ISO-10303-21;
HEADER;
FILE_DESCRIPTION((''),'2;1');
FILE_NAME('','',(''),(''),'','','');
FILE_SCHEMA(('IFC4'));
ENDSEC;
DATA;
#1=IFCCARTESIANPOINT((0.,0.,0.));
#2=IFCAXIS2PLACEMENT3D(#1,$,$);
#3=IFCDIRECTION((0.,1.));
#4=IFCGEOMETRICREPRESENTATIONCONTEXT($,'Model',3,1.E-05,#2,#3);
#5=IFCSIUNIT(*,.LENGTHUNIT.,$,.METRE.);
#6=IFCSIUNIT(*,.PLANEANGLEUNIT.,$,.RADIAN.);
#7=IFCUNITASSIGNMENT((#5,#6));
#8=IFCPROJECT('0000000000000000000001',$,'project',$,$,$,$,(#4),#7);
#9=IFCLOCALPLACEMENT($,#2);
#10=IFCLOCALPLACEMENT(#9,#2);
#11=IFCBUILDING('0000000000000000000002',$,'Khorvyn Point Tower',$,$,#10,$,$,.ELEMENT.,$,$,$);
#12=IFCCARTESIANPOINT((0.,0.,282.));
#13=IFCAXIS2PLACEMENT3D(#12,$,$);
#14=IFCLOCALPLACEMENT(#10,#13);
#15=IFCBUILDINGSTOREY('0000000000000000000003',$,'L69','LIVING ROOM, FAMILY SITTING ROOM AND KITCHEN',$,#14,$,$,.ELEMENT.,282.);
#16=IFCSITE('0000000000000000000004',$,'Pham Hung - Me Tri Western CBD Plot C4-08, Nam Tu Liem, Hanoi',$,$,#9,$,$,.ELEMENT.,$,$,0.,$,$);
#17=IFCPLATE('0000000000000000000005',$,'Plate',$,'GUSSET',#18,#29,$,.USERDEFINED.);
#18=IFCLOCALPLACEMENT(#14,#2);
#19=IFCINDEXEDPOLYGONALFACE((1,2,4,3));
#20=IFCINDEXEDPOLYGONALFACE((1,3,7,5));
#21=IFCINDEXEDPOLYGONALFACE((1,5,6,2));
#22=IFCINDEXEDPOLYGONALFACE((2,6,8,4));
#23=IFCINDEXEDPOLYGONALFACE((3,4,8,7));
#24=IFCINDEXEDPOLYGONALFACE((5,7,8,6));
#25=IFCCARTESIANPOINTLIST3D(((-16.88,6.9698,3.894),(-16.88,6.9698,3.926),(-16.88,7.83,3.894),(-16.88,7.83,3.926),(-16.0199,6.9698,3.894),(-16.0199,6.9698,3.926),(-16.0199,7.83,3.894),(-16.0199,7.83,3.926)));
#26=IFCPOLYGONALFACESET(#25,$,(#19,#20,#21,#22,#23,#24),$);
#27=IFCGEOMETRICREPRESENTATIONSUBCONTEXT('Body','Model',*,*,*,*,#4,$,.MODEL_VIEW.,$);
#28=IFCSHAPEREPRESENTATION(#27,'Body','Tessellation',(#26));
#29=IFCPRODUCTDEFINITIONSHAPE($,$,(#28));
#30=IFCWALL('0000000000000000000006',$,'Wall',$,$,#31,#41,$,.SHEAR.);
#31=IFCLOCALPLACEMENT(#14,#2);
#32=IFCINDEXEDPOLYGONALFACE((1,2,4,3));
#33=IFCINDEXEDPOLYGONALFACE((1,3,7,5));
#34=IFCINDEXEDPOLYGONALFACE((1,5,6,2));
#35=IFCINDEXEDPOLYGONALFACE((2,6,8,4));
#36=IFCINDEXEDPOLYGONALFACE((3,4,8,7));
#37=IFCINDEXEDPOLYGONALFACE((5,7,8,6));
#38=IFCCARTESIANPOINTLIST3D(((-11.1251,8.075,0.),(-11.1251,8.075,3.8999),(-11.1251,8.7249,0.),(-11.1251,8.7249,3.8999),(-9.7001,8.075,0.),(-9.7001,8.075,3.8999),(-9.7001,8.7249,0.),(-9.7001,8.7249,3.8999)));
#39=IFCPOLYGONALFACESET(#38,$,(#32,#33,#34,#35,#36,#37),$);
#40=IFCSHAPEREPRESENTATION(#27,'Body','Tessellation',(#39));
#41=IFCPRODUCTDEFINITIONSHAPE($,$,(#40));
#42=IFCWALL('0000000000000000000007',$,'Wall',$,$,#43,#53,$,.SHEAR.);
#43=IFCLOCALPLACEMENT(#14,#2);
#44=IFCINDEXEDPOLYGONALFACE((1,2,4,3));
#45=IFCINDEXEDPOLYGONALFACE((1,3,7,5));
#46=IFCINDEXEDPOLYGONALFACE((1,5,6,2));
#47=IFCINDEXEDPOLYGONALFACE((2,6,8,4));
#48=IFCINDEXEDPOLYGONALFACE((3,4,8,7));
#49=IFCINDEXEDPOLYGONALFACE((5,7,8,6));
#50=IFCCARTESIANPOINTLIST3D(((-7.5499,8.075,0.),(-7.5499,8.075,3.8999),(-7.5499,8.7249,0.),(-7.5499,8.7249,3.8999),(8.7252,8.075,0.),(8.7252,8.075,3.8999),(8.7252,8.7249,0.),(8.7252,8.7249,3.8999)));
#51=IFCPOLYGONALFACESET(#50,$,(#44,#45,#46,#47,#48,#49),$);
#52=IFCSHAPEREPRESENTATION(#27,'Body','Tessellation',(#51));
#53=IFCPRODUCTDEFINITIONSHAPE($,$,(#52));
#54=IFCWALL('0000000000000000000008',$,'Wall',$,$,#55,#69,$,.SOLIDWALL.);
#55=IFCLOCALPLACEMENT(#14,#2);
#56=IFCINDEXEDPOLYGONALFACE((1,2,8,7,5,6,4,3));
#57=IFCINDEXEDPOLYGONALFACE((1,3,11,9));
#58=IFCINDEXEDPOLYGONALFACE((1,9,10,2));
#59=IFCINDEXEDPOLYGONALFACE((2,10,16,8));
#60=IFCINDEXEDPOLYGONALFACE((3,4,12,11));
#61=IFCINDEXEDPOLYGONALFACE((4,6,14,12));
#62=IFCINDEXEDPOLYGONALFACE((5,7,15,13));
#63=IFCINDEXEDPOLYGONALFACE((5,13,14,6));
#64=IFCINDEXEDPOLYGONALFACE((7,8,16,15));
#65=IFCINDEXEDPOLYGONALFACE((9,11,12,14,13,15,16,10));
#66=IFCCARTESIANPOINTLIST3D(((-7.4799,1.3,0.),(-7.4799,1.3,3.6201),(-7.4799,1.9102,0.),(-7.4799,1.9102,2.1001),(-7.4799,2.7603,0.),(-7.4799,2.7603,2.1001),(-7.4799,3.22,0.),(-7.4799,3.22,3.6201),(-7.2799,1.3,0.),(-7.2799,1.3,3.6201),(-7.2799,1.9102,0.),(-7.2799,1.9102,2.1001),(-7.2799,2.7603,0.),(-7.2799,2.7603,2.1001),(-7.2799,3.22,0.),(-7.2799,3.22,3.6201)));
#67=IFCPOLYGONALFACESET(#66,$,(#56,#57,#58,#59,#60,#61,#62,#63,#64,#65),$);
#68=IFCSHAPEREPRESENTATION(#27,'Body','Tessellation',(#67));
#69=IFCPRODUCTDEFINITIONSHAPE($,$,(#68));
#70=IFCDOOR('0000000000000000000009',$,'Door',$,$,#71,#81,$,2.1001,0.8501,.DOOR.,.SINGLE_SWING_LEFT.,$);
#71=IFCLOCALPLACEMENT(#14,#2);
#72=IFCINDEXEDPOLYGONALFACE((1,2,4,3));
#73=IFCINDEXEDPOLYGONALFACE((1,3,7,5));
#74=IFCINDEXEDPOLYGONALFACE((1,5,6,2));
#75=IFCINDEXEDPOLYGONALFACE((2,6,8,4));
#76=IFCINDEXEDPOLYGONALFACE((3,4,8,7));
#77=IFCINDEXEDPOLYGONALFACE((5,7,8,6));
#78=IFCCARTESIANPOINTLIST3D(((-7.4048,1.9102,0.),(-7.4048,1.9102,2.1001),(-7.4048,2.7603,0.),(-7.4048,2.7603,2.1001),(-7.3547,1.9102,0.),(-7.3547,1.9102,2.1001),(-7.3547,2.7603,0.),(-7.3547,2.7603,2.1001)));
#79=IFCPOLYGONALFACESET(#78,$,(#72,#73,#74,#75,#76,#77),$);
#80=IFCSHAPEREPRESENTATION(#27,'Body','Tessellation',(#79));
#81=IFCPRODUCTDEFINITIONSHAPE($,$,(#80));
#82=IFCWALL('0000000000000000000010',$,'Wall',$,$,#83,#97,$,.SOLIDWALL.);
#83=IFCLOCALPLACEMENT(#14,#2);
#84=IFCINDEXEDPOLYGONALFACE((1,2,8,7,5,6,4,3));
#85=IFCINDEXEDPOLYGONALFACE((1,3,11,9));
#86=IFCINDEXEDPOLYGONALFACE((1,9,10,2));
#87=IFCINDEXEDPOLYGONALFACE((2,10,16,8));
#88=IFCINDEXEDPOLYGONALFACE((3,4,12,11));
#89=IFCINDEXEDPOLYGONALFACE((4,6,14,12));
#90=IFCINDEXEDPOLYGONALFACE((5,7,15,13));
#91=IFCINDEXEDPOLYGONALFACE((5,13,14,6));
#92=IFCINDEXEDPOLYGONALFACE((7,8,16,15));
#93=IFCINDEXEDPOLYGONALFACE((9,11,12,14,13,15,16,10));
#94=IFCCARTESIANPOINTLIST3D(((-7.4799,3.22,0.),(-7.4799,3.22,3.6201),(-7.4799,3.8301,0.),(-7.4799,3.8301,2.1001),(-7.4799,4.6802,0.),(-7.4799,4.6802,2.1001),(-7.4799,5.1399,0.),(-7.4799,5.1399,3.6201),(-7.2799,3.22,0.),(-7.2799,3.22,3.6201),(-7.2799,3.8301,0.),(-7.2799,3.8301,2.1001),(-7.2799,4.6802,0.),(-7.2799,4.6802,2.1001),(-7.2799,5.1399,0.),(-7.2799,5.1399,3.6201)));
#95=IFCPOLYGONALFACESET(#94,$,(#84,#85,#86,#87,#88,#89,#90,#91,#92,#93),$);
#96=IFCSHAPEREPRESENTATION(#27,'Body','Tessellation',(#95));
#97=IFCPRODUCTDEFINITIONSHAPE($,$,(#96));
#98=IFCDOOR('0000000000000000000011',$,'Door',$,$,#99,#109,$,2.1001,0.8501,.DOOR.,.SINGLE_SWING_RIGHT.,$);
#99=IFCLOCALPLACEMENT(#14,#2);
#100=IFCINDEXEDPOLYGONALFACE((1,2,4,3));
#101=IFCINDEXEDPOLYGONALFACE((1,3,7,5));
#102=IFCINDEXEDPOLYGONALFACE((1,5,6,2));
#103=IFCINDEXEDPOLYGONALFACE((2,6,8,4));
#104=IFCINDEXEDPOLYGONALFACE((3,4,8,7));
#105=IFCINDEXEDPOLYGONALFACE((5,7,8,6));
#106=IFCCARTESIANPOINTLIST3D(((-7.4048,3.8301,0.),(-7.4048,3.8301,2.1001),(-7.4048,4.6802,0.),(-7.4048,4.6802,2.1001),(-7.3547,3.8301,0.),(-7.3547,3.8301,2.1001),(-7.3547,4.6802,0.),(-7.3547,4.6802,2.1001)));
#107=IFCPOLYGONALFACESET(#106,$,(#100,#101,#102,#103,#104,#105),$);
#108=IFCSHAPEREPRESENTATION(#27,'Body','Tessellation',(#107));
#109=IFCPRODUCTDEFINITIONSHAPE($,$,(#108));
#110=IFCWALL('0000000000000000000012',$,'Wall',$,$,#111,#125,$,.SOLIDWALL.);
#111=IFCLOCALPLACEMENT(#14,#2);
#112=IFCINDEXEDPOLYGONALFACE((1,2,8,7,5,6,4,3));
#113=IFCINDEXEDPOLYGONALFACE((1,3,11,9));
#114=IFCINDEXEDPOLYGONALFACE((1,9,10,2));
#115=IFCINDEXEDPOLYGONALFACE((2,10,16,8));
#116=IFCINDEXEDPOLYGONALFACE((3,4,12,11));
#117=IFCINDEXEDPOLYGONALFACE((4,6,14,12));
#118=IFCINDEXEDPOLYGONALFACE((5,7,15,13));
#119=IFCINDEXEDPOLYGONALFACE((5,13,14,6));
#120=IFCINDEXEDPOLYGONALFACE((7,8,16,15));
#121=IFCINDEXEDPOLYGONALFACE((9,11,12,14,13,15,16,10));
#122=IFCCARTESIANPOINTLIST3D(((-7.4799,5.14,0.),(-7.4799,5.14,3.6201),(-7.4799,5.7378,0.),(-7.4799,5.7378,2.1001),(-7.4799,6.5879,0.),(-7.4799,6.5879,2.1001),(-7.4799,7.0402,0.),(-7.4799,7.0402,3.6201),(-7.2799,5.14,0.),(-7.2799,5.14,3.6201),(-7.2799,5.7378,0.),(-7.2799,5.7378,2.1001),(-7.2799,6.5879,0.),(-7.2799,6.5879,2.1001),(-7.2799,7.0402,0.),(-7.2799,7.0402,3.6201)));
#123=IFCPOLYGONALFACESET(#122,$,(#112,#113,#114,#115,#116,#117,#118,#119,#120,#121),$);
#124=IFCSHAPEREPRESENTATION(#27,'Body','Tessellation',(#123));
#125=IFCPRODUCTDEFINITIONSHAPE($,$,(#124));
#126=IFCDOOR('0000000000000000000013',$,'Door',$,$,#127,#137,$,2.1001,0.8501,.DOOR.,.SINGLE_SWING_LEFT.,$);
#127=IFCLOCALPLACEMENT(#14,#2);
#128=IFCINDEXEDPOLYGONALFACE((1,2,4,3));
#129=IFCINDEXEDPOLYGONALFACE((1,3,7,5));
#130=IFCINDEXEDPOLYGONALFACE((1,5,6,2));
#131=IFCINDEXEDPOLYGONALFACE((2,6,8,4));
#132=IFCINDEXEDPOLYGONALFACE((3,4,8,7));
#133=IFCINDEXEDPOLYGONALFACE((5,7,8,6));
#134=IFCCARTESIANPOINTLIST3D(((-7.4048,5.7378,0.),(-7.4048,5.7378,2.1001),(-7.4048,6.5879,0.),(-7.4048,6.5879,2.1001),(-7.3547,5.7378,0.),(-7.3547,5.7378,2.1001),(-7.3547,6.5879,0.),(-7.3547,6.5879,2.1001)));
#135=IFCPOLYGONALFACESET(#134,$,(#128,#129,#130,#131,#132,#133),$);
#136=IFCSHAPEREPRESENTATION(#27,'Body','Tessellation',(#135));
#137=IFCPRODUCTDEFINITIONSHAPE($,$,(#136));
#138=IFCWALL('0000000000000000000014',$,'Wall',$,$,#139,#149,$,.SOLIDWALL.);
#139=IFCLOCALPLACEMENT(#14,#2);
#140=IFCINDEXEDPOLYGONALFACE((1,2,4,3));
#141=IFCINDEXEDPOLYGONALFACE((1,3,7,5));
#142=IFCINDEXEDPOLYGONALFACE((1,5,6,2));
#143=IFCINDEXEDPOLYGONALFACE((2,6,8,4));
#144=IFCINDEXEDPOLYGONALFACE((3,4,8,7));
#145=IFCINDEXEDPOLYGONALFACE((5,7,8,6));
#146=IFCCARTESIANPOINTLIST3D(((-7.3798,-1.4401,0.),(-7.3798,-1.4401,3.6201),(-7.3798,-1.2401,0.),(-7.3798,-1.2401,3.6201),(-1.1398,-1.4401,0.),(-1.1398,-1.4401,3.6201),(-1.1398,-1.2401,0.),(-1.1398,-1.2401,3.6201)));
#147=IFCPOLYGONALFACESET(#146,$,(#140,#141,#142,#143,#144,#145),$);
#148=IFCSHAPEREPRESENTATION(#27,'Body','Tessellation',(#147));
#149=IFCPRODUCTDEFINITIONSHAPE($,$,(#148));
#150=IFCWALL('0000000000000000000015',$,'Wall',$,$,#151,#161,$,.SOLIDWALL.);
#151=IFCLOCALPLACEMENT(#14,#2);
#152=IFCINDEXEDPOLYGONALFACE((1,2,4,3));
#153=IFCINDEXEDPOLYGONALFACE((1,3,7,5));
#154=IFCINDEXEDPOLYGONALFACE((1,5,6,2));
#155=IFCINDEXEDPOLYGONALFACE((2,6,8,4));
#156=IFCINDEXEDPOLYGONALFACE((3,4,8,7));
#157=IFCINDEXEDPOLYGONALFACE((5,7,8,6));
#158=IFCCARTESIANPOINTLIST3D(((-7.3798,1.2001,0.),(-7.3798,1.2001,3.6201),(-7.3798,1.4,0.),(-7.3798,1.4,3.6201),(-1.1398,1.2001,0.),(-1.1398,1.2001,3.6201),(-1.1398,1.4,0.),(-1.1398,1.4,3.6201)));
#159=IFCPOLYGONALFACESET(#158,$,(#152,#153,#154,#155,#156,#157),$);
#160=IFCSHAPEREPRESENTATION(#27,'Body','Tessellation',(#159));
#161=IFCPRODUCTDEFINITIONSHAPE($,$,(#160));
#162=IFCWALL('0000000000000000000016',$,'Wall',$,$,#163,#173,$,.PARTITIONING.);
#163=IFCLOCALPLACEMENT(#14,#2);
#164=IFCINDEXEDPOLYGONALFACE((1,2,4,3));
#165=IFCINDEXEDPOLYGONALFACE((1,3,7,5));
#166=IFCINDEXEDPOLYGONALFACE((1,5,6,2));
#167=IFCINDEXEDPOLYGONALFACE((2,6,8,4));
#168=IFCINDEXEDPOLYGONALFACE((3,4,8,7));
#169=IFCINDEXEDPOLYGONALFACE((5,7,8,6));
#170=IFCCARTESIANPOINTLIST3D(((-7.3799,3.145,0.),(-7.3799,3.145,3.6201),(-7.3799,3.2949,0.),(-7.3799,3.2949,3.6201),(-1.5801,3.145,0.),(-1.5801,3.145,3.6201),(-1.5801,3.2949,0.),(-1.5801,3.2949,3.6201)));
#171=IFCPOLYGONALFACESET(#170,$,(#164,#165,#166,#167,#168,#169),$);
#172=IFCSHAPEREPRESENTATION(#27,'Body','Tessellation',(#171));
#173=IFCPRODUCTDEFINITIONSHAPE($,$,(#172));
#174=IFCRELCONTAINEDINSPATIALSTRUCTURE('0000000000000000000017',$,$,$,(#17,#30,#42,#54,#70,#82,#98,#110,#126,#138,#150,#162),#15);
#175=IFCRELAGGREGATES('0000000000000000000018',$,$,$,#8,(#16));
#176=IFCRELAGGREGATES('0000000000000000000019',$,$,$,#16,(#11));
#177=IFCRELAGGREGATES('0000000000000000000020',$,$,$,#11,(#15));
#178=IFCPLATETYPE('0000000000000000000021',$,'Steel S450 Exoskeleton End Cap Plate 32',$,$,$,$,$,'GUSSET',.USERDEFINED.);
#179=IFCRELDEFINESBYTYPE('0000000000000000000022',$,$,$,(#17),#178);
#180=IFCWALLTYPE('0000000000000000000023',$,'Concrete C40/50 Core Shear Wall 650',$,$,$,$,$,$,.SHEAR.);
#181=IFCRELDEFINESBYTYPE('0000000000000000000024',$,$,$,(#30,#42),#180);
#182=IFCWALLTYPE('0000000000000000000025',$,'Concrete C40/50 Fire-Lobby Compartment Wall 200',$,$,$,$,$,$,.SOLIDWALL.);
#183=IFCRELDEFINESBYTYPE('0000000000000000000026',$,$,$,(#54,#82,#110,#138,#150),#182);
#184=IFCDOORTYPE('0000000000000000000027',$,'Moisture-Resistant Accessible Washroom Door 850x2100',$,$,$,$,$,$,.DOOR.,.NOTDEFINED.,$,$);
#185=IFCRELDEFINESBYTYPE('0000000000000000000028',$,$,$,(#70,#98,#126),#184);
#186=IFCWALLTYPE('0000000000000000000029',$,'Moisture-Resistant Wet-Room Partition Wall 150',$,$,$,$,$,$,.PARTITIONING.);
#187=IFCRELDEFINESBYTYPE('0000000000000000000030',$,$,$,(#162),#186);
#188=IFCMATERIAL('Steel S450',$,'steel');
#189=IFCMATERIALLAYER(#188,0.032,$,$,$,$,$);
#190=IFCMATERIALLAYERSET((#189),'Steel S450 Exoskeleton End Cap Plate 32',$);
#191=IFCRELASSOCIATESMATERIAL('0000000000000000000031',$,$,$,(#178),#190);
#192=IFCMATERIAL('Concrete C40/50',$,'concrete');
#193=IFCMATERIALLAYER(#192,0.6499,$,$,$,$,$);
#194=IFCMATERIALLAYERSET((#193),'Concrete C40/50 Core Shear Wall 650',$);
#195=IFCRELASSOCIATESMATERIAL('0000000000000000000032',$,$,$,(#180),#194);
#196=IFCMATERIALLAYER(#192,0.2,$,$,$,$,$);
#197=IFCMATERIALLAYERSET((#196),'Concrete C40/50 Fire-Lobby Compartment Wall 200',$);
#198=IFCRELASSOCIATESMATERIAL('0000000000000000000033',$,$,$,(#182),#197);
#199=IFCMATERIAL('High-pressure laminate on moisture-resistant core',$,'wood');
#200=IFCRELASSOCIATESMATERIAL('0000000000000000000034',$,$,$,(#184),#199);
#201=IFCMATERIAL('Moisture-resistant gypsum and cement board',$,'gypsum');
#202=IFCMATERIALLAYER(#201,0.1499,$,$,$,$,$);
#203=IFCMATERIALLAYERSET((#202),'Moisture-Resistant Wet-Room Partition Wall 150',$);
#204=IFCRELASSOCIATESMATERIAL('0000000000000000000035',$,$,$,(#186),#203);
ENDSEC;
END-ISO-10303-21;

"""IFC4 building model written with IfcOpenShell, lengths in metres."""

from ifc_helpers import new_model, si_unit, direction, frame, frame_2d, origin, origin_2d, place, context, subcontext, project, spatial, rectangle, extrude, material, layer, layer_set, type_object, element, fill, save


model = new_model("IFC4")

# Units and contexts
model_context = context("Model", 3, precision=1e-05, world=origin(), true_north=direction((0.0, 1.0)))
body_context = subcontext(model_context, "Body", "Model", "MODEL_VIEW")
ifc_project = project(units=[si_unit("LENGTHUNIT", "METRE"), si_unit("PLANEANGLEUNIT", "RADIAN")], contexts=[model_context])

# Site, building, storey
site_placement = place(None, origin())
site = spatial("IfcSite", under=ifc_project, at=site_placement, Name="Pham Hung - Me Tri Western CBD Plot C4-08, Nam Tu Liem, Hanoi", CompositionType="ELEMENT", RefElevation=0.0)
building_placement = place(site_placement, origin())
building = spatial("IfcBuilding", under=site, at=building_placement, Name="Khorvyn Point Tower", CompositionType="ELEMENT")
storey_placement = place(building_placement, frame((0.0, 0.0, 282.0)))
storey = spatial("IfcBuildingStorey", under=building, at=storey_placement, Name="L69", Description="LIVING ROOM, FAMILY SITTING ROOM AND KITCHEN", CompositionType="ELEMENT", Elevation=282.0)

# Shared definitions
ifc_material_1 = material(Name="Concrete C40/50", Category="concrete")

# Plate
ifc_material_2 = material(Name="Steel S450", Category="steel")
ifc_layer_1 = layer(ifc_material_2, 0.032)
ifc_layer_set_1 = layer_set([ifc_layer_1], Name="Steel S450 Exoskeleton End Cap Plate 32")
plate_type = type_object("IfcPlateType", Name="Steel S450 Exoskeleton End Cap Plate 32", ElementType="GUSSET", PredefinedType="USERDEFINED", material=ifc_layer_set_1)
plate_placement = place(storey_placement, frame((-16.45, 7.3999, 3.894), z_axis=(0.0, 0.0, 1.0), x_axis=(1.0, 0.0, 0.0)))
element("IfcPlate", 1, at=plate_placement, inside=storey, type_object=plate_type, Name="Plate", ObjectType="GUSSET", PredefinedType="USERDEFINED", context=body_context, shape_type="SweptSolid", body=[
    extrude(rectangle(XDim=0.8601, YDim=0.8601, at=origin_2d()), origin(), (0.0, 0.0, 1.0), 0.032),
])

# Walls
ifc_layer_2 = layer(ifc_material_1, 0.6499)
ifc_layer_set_2 = layer_set([ifc_layer_2], Name="Concrete C40/50 Core Shear Wall 650")
wall_type_1 = type_object("IfcWallType", Name="Concrete C40/50 Core Shear Wall 650", PredefinedType="SHEAR", material=ifc_layer_set_2)
wall_1_placement = place(storey_placement, frame((-11.125, 8.3999, 0.0), z_axis=(0.0, 0.0, 1.0), x_axis=(1.0, 0.0, 0.0)))
element("IfcWall", 2, at=wall_1_placement, inside=storey, type_object=wall_type_1, Name="Wall", PredefinedType="SHEAR", context=body_context, shape_type="SweptSolid", body=[
    extrude(rectangle(XDim=1.425, YDim=0.6499, at=frame_2d((0.7124, 0.0))), origin(), (0.0, 0.0, 1.0), 3.8999),
])
wall_2_placement = place(storey_placement, frame((-7.55, 8.3999, 0.0), z_axis=(0.0, 0.0, 1.0), x_axis=(1.0, 0.0, 0.0)))
element("IfcWall", 3, at=wall_2_placement, inside=storey, type_object=wall_type_1, Name="Wall", PredefinedType="SHEAR", context=body_context, shape_type="SweptSolid", body=[
    extrude(rectangle(XDim=16.2751, YDim=0.6499, at=frame_2d((8.1377, 0.0))), origin(), (0.0, 0.0, 1.0), 3.8999),
])

# Walls, openings, doors
ifc_layer_3 = layer(ifc_material_1, 0.2)
ifc_layer_set_3 = layer_set([ifc_layer_3], Name="Concrete C40/50 Fire-Lobby Compartment Wall 200")
wall_type_2 = type_object("IfcWallType", Name="Concrete C40/50 Fire-Lobby Compartment Wall 200", PredefinedType="SOLIDWALL", material=ifc_layer_set_3)
wall_3_placement = place(storey_placement, frame((-7.3799, 1.3, 0.0), z_axis=(0.0, 0.0, 1.0), x_axis=(0.0, 1.0, 0.0)))
wall_3 = element("IfcWall", 4, at=wall_3_placement, inside=storey, type_object=wall_type_2, Name="Wall", PredefinedType="SOLIDWALL", context=body_context, shape_type="SweptSolid", body=[
    extrude(rectangle(XDim=1.9199, YDim=0.2, at=frame_2d((0.96, 0.0))), origin(), (0.0, 0.0, 1.0), 3.6201),
])
opening_1_placement = place(wall_3_placement, frame((0.6101, 0.0, 0.0)))
opening_1 = element("IfcOpeningElement", 5, at=opening_1_placement, cuts=wall_3, PredefinedType="OPENING", context=body_context, shape_type="SweptSolid", body=[
    extrude(rectangle(XDim=0.8501, YDim=2.1001, at=frame_2d((0.425, 1.05))), frame((0.0, 0.1099, 0.0), z_axis=(0.0, -1.0, 0.0), x_axis=(1.0, 0.0, 0.0)), (0.0, 0.0, 1.0), 0.22),
])
ifc_material_3 = material(Name="High-pressure laminate on moisture-resistant core", Category="wood")
door_type_1 = type_object("IfcDoorType", Name="Moisture-Resistant Accessible Washroom Door 850x2100", OperationType="NOTDEFINED", PredefinedType="DOOR", material=ifc_material_3)
door_1_placement = place(opening_1_placement, origin())
door_1 = element("IfcDoor", 6, at=door_1_placement, inside=storey, type_object=door_type_1, Name="Door", OperationType="SINGLE_SWING_LEFT", OverallHeight=2.1001, OverallWidth=0.8501, PredefinedType="DOOR", context=body_context, shape_type="SweptSolid", body=[
    extrude(rectangle(XDim=0.8501, YDim=2.1001, at=frame_2d((0.425, 1.05))), frame((0.0, 0.0249, 0.0), z_axis=(0.0, -1.0, 0.0), x_axis=(1.0, 0.0, 0.0)), (0.0, 0.0, 1.0), 0.05),
])
fill(opening_1, door_1)
wall_4_placement = place(storey_placement, frame((-7.3799, 3.22, 0.0), z_axis=(0.0, 0.0, 1.0), x_axis=(0.0, 1.0, 0.0)))
wall_4 = element("IfcWall", 7, at=wall_4_placement, inside=storey, type_object=wall_type_2, Name="Wall", PredefinedType="SOLIDWALL", context=body_context, shape_type="SweptSolid", body=[
    extrude(rectangle(XDim=1.9199, YDim=0.2, at=frame_2d((0.96, 0.0))), origin(), (0.0, 0.0, 1.0), 3.6201),
])
opening_2_placement = place(wall_4_placement, frame((0.6101, 0.0, 0.0)))
opening_2 = element("IfcOpeningElement", 8, at=opening_2_placement, cuts=wall_4, PredefinedType="OPENING", context=body_context, shape_type="SweptSolid", body=[
    extrude(rectangle(XDim=0.8501, YDim=2.1001, at=frame_2d((0.425, 1.05))), frame((0.0, 0.1099, 0.0), z_axis=(0.0, -1.0, 0.0), x_axis=(1.0, 0.0, 0.0)), (0.0, 0.0, 1.0), 0.22),
])
door_2_placement = place(opening_2_placement, origin())
door_2 = element("IfcDoor", 9, at=door_2_placement, inside=storey, type_object=door_type_1, Name="Door", OperationType="SINGLE_SWING_RIGHT", OverallHeight=2.1001, OverallWidth=0.8501, PredefinedType="DOOR", context=body_context, shape_type="SweptSolid", body=[
    extrude(rectangle(XDim=0.8501, YDim=2.1001, at=frame_2d((0.425, 1.05))), frame((0.0, 0.0249, 0.0), z_axis=(0.0, -1.0, 0.0), x_axis=(1.0, 0.0, 0.0)), (0.0, 0.0, 1.0), 0.05),
])
fill(opening_2, door_2)
wall_5_placement = place(storey_placement, frame((-7.3799, 5.1399, 0.0), z_axis=(0.0, 0.0, 1.0), x_axis=(0.0, 1.0, 0.0)))
wall_5 = element("IfcWall", 10, at=wall_5_placement, inside=storey, type_object=wall_type_2, Name="Wall", PredefinedType="SOLIDWALL", context=body_context, shape_type="SweptSolid", body=[
    extrude(rectangle(XDim=1.9001, YDim=0.2, at=frame_2d((0.9502, 0.0))), origin(), (0.0, 0.0, 1.0), 3.6201),
])
opening_3_placement = place(wall_5_placement, frame((0.5979, 0.0, 0.0)))
opening_3 = element("IfcOpeningElement", 11, at=opening_3_placement, cuts=wall_5, PredefinedType="OPENING", context=body_context, shape_type="SweptSolid", body=[
    extrude(rectangle(XDim=0.8501, YDim=2.1001, at=frame_2d((0.425, 1.05))), frame((0.0, 0.1099, 0.0), z_axis=(0.0, -1.0, 0.0), x_axis=(1.0, 0.0, 0.0)), (0.0, 0.0, 1.0), 0.22),
])
door_3_placement = place(opening_3_placement, origin())
door_3 = element("IfcDoor", 12, at=door_3_placement, inside=storey, type_object=door_type_1, Name="Door", OperationType="SINGLE_SWING_LEFT", OverallHeight=2.1001, OverallWidth=0.8501, PredefinedType="DOOR", context=body_context, shape_type="SweptSolid", body=[
    extrude(rectangle(XDim=0.8501, YDim=2.1001, at=frame_2d((0.425, 1.05))), frame((0.0, 0.0249, 0.0), z_axis=(0.0, -1.0, 0.0), x_axis=(1.0, 0.0, 0.0)), (0.0, 0.0, 1.0), 0.05),
])
fill(opening_3, door_3)

# Walls
for number, where, z_axis, x_axis, name in (
    (13, (-7.3799, -1.3401, 0.0), (0.0, 0.0, 1.0), (1.0, 0.0, 0.0), "Wall"),
    (14, (-7.3799, 1.3, 0.0), (0.0, 0.0, 1.0), (1.0, 0.0, 0.0), "Wall"),
):
    element("IfcWall", number, at=place(storey_placement, frame(where, z_axis=z_axis, x_axis=x_axis)), inside=storey, type_object=wall_type_2, Name=name, PredefinedType="SOLIDWALL", context=body_context, shape_type="SweptSolid", body=[
        extrude(rectangle(XDim=6.24, YDim=0.2, at=frame_2d((3.1201, 0.0))), origin(), (0.0, 0.0, 1.0), 3.6201),
    ])
ifc_material_4 = material(Name="Moisture-resistant gypsum and cement board", Category="gypsum")
ifc_layer_4 = layer(ifc_material_4, 0.1499)
ifc_layer_set_4 = layer_set([ifc_layer_4], Name="Moisture-Resistant Wet-Room Partition Wall 150")
wall_type_3 = type_object("IfcWallType", Name="Moisture-Resistant Wet-Room Partition Wall 150", PredefinedType="PARTITIONING", material=ifc_layer_set_4)
wall_6_placement = place(storey_placement, frame((-7.3799, 3.22, 0.0), z_axis=(0.0, 0.0, 1.0), x_axis=(1.0, 0.0, 0.0)))
element("IfcWall", 15, at=wall_6_placement, inside=storey, type_object=wall_type_3, Name="Wall", PredefinedType="PARTITIONING", context=body_context, shape_type="SweptSolid", body=[
    extrude(rectangle(XDim=5.7998, YDim=0.1499, at=frame_2d((2.8999, 0.0))), origin(), (0.0, 0.0, 1.0), 3.6201),
])

save(model, "model.ifc")
